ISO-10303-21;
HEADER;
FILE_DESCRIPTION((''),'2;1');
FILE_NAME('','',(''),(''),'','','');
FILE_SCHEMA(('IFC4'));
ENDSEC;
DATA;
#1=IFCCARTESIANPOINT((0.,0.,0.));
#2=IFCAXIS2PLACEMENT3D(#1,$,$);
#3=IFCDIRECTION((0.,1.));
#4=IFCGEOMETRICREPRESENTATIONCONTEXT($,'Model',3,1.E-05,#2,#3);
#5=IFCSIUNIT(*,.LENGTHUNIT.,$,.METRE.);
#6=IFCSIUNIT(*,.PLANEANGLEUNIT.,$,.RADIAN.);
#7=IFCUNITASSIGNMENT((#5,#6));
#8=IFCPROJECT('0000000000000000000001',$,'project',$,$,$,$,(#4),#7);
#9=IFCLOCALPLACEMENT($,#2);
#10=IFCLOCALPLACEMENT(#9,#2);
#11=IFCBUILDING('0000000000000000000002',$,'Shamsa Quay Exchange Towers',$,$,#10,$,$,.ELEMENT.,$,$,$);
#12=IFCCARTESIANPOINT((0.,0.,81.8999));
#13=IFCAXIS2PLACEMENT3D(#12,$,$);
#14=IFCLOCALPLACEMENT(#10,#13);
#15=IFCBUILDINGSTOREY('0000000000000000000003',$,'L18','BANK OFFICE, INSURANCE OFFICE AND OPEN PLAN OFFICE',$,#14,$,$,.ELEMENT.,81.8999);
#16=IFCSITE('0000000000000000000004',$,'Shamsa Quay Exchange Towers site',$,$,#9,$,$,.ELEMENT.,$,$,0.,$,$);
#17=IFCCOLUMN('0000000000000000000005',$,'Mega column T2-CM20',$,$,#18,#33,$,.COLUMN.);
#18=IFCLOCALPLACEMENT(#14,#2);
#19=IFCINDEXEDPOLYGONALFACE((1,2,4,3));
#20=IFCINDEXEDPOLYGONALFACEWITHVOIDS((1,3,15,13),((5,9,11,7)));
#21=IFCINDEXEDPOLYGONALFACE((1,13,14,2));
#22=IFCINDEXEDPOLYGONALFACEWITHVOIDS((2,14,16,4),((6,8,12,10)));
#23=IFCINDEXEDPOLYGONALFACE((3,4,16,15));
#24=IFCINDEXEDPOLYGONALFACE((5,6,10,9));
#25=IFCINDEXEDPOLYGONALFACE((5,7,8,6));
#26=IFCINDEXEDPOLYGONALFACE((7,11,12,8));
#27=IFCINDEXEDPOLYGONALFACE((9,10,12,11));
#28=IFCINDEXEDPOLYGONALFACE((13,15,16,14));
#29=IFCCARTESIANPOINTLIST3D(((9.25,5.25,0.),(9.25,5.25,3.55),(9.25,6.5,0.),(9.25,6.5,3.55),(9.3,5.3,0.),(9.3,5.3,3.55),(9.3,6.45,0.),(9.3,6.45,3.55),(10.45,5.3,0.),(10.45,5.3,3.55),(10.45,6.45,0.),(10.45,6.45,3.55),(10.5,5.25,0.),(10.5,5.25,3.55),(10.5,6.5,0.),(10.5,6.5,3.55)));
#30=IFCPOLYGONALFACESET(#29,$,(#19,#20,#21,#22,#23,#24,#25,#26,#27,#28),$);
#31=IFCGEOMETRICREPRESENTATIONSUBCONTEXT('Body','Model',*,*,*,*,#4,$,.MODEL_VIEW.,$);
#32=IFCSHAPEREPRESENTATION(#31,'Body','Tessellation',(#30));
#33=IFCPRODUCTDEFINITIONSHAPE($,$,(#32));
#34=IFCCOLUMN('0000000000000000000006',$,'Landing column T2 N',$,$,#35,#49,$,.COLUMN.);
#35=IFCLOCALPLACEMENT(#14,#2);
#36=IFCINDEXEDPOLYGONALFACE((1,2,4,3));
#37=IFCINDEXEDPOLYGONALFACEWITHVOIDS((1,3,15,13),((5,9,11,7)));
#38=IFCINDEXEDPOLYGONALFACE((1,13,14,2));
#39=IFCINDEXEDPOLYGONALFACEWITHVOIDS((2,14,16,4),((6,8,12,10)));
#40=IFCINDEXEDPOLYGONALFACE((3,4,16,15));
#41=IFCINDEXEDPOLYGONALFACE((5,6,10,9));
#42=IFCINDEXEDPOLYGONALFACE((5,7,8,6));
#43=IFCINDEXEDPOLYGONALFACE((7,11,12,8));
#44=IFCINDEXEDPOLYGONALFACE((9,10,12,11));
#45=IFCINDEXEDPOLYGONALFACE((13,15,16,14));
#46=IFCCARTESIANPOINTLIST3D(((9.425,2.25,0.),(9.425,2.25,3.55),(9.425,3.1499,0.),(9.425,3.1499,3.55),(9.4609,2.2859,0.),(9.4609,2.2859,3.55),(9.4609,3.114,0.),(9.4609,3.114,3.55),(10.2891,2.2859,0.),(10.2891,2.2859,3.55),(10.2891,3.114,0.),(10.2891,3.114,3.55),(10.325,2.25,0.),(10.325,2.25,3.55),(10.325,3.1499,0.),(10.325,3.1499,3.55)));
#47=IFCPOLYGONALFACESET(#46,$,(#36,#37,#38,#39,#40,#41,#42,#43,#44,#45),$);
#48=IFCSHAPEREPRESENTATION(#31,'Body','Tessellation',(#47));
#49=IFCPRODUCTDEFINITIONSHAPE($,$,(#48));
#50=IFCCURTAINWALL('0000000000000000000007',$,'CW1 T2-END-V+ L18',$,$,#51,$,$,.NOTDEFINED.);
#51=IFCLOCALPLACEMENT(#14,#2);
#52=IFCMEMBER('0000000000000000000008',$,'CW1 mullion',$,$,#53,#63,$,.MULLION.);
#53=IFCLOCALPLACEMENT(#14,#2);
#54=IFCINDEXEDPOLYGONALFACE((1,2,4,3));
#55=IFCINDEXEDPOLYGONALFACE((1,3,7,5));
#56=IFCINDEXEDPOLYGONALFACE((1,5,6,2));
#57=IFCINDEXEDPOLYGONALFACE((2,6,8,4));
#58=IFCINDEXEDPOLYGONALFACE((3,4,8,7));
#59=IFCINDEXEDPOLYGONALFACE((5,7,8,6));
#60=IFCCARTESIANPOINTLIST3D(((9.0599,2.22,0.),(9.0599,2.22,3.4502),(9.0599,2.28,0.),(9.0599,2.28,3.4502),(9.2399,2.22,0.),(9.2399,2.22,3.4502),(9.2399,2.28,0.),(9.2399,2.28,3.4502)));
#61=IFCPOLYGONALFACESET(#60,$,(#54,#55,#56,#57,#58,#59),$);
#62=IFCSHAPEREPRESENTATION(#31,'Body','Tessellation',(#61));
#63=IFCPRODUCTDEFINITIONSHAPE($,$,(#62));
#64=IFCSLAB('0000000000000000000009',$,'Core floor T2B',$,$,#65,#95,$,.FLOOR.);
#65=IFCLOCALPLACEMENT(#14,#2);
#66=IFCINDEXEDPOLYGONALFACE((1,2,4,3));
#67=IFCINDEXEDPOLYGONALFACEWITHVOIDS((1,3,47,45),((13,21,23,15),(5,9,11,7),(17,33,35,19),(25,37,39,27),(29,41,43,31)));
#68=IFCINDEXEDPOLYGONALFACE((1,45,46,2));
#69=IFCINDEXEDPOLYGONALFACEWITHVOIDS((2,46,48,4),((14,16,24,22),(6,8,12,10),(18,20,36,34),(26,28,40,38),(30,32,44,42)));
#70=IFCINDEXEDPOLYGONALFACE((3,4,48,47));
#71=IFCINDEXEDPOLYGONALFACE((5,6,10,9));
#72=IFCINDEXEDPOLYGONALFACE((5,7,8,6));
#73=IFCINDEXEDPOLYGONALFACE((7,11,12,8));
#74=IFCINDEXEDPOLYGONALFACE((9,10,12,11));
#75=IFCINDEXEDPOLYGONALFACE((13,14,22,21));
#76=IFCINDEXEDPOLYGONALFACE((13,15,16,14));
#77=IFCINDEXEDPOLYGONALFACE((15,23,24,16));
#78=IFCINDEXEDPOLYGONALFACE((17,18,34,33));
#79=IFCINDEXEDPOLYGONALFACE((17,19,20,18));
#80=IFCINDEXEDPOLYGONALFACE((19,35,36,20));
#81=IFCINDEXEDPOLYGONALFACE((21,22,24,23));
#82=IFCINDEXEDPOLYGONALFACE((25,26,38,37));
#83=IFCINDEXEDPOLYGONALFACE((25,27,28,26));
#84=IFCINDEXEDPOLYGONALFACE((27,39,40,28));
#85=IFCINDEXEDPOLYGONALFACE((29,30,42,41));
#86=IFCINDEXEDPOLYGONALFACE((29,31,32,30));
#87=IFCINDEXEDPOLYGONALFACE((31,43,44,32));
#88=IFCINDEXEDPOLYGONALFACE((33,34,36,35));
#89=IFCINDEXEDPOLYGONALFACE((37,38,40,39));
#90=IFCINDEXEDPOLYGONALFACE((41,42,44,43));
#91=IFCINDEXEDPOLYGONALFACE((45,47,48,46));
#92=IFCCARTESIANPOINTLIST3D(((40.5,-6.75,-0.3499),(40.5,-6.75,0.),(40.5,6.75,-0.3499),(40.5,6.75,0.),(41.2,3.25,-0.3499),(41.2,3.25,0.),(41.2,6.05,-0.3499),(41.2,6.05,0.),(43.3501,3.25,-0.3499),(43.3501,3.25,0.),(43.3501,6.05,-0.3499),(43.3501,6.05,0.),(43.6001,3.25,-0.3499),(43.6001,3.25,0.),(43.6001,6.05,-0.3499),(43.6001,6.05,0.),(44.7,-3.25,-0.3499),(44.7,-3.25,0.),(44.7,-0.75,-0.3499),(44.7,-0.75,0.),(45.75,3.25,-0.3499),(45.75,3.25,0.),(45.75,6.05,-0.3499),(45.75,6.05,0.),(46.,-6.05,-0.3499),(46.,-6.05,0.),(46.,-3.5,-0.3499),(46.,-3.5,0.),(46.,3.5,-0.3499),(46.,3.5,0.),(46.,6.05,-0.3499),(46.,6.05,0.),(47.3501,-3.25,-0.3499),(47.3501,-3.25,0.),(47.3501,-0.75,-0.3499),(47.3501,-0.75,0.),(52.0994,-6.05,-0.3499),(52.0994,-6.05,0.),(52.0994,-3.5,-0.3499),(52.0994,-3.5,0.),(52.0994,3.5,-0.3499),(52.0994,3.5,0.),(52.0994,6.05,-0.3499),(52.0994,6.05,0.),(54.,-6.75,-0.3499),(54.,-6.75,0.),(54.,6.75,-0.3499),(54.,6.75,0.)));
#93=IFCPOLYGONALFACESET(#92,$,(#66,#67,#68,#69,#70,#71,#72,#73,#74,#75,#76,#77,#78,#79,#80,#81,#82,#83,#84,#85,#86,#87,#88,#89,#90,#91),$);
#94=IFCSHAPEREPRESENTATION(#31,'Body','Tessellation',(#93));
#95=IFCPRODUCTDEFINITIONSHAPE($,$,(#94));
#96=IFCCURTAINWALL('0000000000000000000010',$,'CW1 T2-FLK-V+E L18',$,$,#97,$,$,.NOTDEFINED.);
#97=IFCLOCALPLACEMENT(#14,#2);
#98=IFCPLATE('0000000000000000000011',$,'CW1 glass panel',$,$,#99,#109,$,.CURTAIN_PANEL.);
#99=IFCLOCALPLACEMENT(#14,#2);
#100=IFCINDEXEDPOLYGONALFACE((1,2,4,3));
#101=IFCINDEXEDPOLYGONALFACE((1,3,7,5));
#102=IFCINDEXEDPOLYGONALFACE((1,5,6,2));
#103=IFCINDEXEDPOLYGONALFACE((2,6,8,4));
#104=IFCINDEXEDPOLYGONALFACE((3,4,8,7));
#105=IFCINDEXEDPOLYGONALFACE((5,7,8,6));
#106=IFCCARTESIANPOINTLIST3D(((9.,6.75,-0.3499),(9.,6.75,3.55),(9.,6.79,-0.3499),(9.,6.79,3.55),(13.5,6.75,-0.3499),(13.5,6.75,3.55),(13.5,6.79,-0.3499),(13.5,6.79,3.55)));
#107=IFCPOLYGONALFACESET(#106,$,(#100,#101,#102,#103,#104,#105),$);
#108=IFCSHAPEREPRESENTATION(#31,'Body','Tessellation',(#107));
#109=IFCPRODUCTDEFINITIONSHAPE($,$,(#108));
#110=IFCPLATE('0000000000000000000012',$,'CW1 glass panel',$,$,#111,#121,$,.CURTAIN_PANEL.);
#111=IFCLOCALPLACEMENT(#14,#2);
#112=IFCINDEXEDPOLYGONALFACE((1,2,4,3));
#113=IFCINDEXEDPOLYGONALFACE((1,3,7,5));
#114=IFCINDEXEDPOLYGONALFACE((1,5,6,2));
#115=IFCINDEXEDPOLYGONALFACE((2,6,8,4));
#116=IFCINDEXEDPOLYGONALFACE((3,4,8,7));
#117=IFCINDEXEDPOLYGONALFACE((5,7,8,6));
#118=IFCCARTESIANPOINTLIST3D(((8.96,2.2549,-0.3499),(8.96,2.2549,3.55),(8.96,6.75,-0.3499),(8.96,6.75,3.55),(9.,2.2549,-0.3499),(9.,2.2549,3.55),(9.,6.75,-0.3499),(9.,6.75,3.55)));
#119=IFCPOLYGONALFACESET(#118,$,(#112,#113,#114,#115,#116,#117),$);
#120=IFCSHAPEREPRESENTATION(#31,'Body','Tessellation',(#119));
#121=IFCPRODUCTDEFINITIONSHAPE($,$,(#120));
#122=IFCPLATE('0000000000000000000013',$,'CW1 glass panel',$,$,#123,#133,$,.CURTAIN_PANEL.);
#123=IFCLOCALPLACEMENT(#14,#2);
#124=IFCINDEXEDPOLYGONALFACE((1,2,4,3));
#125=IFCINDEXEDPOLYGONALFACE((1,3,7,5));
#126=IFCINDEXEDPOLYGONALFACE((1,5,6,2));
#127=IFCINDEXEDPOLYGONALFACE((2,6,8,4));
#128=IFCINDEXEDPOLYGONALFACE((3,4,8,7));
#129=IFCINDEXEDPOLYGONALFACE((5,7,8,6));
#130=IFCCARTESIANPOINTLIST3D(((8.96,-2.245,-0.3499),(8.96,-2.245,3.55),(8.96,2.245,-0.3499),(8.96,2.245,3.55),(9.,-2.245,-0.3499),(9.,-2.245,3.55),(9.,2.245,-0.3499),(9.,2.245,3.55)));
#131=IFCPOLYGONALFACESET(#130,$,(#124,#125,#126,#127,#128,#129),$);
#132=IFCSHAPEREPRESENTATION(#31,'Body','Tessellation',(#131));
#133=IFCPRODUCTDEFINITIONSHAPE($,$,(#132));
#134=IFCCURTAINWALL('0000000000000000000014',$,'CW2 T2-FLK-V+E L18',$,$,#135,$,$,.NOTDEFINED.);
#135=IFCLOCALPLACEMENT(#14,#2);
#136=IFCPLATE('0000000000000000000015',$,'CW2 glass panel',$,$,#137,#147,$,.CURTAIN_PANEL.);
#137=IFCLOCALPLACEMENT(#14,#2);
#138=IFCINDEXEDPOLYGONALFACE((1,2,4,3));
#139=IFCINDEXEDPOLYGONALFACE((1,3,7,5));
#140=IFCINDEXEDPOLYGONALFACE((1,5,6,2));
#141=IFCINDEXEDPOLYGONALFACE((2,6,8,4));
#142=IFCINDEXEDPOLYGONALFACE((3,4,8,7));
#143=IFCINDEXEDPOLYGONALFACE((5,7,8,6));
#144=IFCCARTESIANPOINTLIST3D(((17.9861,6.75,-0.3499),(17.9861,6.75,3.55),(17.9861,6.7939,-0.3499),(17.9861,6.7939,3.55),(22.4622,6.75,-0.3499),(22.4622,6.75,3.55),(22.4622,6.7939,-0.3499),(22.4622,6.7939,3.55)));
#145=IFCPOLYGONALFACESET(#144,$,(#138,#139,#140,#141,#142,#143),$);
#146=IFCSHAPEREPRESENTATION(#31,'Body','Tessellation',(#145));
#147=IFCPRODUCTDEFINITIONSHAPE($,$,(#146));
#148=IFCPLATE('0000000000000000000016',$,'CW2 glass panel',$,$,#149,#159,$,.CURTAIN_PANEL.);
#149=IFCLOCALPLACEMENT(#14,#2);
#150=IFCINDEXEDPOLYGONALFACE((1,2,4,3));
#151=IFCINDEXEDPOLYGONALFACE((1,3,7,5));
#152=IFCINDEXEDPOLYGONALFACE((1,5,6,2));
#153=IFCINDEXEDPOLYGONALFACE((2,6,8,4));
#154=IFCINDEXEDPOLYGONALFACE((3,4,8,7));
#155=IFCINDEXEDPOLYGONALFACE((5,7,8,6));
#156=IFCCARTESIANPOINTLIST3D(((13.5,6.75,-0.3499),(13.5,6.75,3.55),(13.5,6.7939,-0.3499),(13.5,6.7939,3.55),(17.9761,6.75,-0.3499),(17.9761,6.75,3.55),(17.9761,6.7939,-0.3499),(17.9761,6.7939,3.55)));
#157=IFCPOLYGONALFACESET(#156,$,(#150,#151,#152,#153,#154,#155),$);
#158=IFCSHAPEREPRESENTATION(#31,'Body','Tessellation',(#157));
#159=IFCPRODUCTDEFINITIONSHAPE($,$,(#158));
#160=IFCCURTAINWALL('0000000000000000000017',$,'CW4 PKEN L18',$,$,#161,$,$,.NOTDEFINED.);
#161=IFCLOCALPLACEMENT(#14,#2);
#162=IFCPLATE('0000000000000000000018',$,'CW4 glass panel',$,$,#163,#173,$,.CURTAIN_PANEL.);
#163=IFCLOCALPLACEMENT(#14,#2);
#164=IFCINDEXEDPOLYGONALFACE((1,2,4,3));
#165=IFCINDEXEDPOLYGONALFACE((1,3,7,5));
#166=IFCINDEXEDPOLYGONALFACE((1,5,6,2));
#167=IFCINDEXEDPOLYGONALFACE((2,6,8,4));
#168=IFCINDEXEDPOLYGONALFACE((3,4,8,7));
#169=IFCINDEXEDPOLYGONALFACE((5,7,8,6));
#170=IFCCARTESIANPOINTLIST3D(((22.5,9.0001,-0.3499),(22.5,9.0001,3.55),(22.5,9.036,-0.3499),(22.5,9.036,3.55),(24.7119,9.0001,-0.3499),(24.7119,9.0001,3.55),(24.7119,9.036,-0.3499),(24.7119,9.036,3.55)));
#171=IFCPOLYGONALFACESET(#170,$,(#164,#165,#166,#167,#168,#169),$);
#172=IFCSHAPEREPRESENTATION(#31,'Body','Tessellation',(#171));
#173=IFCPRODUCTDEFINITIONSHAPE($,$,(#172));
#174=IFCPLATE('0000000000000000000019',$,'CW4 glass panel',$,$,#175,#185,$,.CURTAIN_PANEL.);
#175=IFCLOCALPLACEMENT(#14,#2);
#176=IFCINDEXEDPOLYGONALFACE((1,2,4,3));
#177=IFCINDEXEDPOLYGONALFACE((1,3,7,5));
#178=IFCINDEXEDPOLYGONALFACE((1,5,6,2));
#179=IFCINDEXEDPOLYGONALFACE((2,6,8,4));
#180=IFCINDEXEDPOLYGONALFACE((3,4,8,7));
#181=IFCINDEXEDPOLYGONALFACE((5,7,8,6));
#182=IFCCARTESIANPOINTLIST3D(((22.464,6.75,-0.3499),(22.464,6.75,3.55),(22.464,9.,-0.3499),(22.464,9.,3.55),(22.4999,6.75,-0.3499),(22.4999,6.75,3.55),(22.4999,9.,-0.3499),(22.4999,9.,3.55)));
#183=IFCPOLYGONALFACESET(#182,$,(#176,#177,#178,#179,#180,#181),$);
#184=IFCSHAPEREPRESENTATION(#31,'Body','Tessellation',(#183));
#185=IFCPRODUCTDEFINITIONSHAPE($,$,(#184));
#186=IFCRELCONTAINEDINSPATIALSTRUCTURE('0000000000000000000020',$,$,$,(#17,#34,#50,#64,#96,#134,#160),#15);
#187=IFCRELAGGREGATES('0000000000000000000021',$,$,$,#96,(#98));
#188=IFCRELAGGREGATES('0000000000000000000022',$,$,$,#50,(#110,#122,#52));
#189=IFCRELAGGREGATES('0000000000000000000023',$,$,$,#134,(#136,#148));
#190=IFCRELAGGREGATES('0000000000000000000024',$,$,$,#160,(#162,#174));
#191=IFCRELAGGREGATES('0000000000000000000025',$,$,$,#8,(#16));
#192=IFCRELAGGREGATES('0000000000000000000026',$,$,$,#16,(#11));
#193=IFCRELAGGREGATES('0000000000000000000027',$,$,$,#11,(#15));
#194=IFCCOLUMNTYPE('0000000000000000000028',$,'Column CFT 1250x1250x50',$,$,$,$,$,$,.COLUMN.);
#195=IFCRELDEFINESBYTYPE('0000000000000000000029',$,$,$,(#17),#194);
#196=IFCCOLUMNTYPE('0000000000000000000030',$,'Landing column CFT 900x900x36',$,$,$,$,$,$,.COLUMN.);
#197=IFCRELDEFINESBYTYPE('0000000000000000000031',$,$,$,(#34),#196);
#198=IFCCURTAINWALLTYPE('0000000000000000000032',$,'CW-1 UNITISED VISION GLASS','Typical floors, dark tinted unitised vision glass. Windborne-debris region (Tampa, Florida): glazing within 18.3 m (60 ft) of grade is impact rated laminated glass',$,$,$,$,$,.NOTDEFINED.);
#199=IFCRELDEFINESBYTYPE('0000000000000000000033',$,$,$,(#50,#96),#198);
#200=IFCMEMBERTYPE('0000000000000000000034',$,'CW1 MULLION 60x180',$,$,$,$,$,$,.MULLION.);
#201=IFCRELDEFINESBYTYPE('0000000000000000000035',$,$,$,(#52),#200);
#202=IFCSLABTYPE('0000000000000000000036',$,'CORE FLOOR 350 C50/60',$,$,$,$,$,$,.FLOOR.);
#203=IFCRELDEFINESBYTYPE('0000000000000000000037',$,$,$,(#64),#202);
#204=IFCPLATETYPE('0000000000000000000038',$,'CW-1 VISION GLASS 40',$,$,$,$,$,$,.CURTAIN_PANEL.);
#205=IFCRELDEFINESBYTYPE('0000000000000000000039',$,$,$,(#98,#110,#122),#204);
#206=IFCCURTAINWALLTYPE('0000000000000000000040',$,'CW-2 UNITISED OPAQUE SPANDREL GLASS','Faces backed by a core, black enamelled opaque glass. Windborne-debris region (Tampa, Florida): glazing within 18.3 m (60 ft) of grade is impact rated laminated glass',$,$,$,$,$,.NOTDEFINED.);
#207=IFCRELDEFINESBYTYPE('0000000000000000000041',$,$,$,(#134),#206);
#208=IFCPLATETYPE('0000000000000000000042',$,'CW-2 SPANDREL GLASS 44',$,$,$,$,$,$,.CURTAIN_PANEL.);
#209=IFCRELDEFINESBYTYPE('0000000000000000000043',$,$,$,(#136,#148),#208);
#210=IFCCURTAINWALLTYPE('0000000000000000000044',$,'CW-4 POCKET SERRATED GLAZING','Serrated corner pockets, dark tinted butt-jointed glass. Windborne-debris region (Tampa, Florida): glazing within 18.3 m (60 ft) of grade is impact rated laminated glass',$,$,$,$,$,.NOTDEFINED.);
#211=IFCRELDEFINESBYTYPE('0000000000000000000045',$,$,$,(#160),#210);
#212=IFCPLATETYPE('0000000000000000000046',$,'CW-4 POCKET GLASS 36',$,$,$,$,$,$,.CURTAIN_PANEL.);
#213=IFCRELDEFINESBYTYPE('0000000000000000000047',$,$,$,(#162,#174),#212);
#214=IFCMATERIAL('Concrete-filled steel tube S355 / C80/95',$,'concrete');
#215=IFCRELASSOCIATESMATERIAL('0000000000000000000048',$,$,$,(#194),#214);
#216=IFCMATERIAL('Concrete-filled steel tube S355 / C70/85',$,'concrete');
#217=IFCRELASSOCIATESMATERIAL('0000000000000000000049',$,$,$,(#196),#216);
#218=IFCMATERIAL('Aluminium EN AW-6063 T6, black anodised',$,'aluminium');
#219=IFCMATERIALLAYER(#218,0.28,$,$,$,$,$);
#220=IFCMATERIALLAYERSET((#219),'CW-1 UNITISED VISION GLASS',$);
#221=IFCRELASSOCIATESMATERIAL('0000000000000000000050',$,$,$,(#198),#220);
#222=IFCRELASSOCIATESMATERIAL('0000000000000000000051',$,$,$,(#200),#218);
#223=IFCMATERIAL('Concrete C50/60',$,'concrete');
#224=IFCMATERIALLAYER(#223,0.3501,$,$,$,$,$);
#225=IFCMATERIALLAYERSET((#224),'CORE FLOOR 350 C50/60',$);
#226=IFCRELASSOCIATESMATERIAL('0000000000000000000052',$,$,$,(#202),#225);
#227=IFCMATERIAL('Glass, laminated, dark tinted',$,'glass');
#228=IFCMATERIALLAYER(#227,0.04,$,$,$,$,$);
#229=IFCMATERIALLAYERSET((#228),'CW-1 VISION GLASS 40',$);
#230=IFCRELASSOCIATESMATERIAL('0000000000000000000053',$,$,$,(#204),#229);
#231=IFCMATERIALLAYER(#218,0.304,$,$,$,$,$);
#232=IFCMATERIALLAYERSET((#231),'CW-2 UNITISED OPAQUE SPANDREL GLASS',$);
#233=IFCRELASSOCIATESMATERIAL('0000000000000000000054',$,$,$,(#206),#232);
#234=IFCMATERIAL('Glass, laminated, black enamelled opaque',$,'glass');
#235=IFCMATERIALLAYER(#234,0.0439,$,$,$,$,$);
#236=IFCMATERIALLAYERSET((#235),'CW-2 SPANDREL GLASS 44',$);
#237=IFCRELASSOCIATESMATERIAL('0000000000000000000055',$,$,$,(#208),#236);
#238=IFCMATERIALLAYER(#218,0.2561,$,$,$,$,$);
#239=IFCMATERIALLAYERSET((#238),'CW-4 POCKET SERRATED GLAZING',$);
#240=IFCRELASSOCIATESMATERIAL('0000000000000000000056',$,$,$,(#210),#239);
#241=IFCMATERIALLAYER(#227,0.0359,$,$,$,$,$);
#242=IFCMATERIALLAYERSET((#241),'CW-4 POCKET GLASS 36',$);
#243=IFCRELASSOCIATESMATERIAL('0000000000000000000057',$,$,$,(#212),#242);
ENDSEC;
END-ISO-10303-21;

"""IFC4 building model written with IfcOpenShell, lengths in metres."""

from ifc_helpers import new_model, si_unit, direction, frame, origin, origin_2d, place, context, subcontext, project, spatial, polyline, rectangle, hollow_rectangle, outline, extrude, material, layer, layer_set, material_profile, profile_set, type_object, element, aggregate, save


model = new_model("IFC4")

# Units and contexts
model_context = context("Model", 3, precision=1e-05, world=origin(), true_north=direction((0.0, 1.0)))
body_context = subcontext(model_context, "Body", "Model", "MODEL_VIEW")
ifc_project = project(units=[si_unit("LENGTHUNIT", "METRE"), si_unit("PLANEANGLEUNIT", "RADIAN")], contexts=[model_context])

# Site, building, storey
site_placement = place(None, origin())
site = spatial("IfcSite", under=ifc_project, at=site_placement, Name="Shamsa Quay Exchange Towers site", CompositionType="ELEMENT", RefElevation=0.0)
building_placement = place(site_placement, origin())
building = spatial("IfcBuilding", under=site, at=building_placement, Name="Shamsa Quay Exchange Towers", CompositionType="ELEMENT")
storey_placement = place(building_placement, frame((0.0, 0.0, 81.8999)))
storey = spatial("IfcBuildingStorey", under=building, at=storey_placement, Name="L18", Description="BANK OFFICE, INSURANCE OFFICE AND OPEN PLAN OFFICE", CompositionType="ELEMENT", Elevation=81.8999)

# Columns
ifc_material_1 = material(Name="Concrete-filled steel tube S355 / C80/95", Category="concrete")
ifc_material_profile_1 = material_profile(ifc_material_1, hollow_rectangle(XDim=1.25, YDim=1.25, WallThickness=0.05, at=origin_2d()), Name="CFT 1250x1250x50")
ifc_profile_set_1 = profile_set([ifc_material_profile_1], Name="Concrete-filled steel tube S355 / C80/95")
column_type_1 = type_object("IfcColumnType", Name="Column CFT 1250x1250x50", PredefinedType="COLUMN", material=ifc_profile_set_1)
column_1_placement = place(storey_placement, frame((9.875, 5.875, 0.0)))
element("IfcColumn", 1, at=column_1_placement, inside=storey, type_object=column_type_1, Name="Mega column T2-CM20", PredefinedType="COLUMN", context=body_context, shape_type="SweptSolid", body=[
    extrude(hollow_rectangle(XDim=1.25, YDim=1.25, WallThickness=0.05, at=origin_2d()), origin(), (0.0, 0.0, 1.0), 3.55),
])
ifc_material_2 = material(Name="Concrete-filled steel tube S355 / C70/85", Category="concrete")
ifc_material_profile_2 = material_profile(ifc_material_2, hollow_rectangle(XDim=0.8999, YDim=0.8999, WallThickness=0.0359, at=origin_2d()), Name="CFT 900x900x36")
ifc_profile_set_2 = profile_set([ifc_material_profile_2], Name="Concrete-filled steel tube S355 / C70/85")
column_type_2 = type_object("IfcColumnType", Name="Landing column CFT 900x900x36", PredefinedType="COLUMN", material=ifc_profile_set_2)
column_2_placement = place(storey_placement, frame((9.875, 2.7, 0.0)))
element("IfcColumn", 2, at=column_2_placement, inside=storey, type_object=column_type_2, Name="Landing column T2 N", PredefinedType="COLUMN", context=body_context, shape_type="SweptSolid", body=[
    extrude(hollow_rectangle(XDim=0.8999, YDim=0.8999, WallThickness=0.0359, at=origin_2d()), origin(), (0.0, 0.0, 1.0), 3.55),
])

# Curtain wall, member
ifc_material_3 = material(Name="Aluminium EN AW-6063 T6, black anodised", Category="aluminium")
ifc_layer_1 = layer(ifc_material_3, 0.28)
ifc_layer_set_1 = layer_set([ifc_layer_1], Name="CW-1 UNITISED VISION GLASS")
curtain_wall_type_1 = type_object("IfcCurtainWallType", Name="CW-1 UNITISED VISION GLASS", Description="Typical floors, dark tinted unitised vision glass. Windborne-debris region (Tampa, Florida): glazing within 18.3 m (60 ft) of grade is impact rated laminated glass", PredefinedType="NOTDEFINED", material=ifc_layer_set_1)
curtain_wall_1_placement = place(storey_placement, origin())
curtain_wall_1 = element("IfcCurtainWall", 3, at=curtain_wall_1_placement, inside=storey, type_object=curtain_wall_type_1, Name="CW1 T2-END-V+ L18", PredefinedType="NOTDEFINED")
ifc_material_profile_3 = material_profile(ifc_material_3, rectangle(XDim=0.1799, YDim=0.0601, at=origin_2d()), Name="MU60x180")
ifc_profile_set_3 = profile_set([ifc_material_profile_3], Name="Aluminium EN AW-6063 T6, black anodised")
member_type = type_object("IfcMemberType", Name="CW1 MULLION 60x180", PredefinedType="MULLION", material=ifc_profile_set_3)
member_placement = place(storey_placement, frame((9.1499, 2.25, 0.0)))
member = element("IfcMember", 4, at=member_placement, type_object=member_type, Name="CW1 mullion", PredefinedType="MULLION", context=body_context, shape_type="SweptSolid", body=[
    extrude(rectangle(XDim=0.1799, YDim=0.0601, at=origin_2d()), origin(), (0.0, 0.0, 1.0), 3.4502),
])

# Slab
ifc_material_4 = material(Name="Concrete C50/60", Category="concrete")
ifc_layer_2 = layer(ifc_material_4, 0.3501)
ifc_layer_set_2 = layer_set([ifc_layer_2], Name="CORE FLOOR 350 C50/60")
slab_type = type_object("IfcSlabType", Name="CORE FLOOR 350 C50/60", PredefinedType="FLOOR", material=ifc_layer_set_2)
slab_placement = place(storey_placement, frame((0.0, 0.0, -0.3499)))
element("IfcSlab", 5, at=slab_placement, inside=storey, type_object=slab_type, Name="Core floor T2B", PredefinedType="FLOOR", context=body_context, shape_type="SweptSolid", body=[
    extrude(outline(polyline([(54.0, -6.75), (54.0, 6.75), (40.5, 6.75), (40.5, -6.75), (54.0, -6.75)]), holes=[polyline([(52.0994, -3.5), (52.0994, -6.05), (46.0, -6.05), (46.0, -3.5), (52.0994, -3.5)]), polyline([(52.0994, 6.05), (52.0994, 3.5), (46.0, 3.5), (46.0, 6.05), (52.0994, 6.05)]), polyline([(45.75, 3.25), (43.6001, 3.25), (43.6001, 6.05), (45.75, 6.05), (45.75, 3.25)]), polyline([(43.3501, 3.25), (41.2, 3.25), (41.2, 6.05), (43.3501, 6.05), (43.3501, 3.25)]), polyline([(47.3501, -3.25), (44.7, -3.25), (44.7, -0.75), (47.3501, -0.75), (47.3501, -3.25)])]), origin(), (0.0, 0.0, 1.0), 0.3499),
])

# Curtain wall, plate
curtain_wall_2_placement = place(storey_placement, origin())
curtain_wall_2 = element("IfcCurtainWall", 6, at=curtain_wall_2_placement, inside=storey, type_object=curtain_wall_type_1, Name="CW1 T2-FLK-V+E L18", PredefinedType="NOTDEFINED")
ifc_material_5 = material(Name="Glass, laminated, dark tinted", Category="glass")
ifc_layer_3 = layer(ifc_material_5, 0.04)
ifc_layer_set_3 = layer_set([ifc_layer_3], Name="CW-1 VISION GLASS 40")
plate_type_1 = type_object("IfcPlateType", Name="CW-1 VISION GLASS 40", PredefinedType="CURTAIN_PANEL", material=ifc_layer_set_3)
plate_1_placement = place(storey_placement, frame((11.25, 6.77, -0.3499), z_axis=(0.0, 0.0, 1.0), x_axis=(-1.0, 0.0, 0.0)))
plate_1 = element("IfcPlate", 7, at=plate_1_placement, type_object=plate_type_1, Name="CW1 glass panel", PredefinedType="CURTAIN_PANEL", context=body_context, shape_type="SweptSolid", body=[
    extrude(rectangle(XDim=4.5, YDim=0.04, at=origin_2d()), origin(), (0.0, 0.0, 1.0), 3.8999),
])
aggregate(curtain_wall_2, [plate_1])

# Plates
plate_2_placement = place(storey_placement, frame((8.98, 4.5024, -0.3499), z_axis=(0.0, 0.0, 1.0), x_axis=(0.0, -1.0, 0.0)))
plate_2 = element("IfcPlate", 8, at=plate_2_placement, type_object=plate_type_1, Name="CW1 glass panel", PredefinedType="CURTAIN_PANEL", context=body_context, shape_type="SweptSolid", body=[
    extrude(rectangle(XDim=4.4951, YDim=0.04, at=origin_2d()), origin(), (0.0, 0.0, 1.0), 3.8999),
])
plate_3_placement = place(storey_placement, frame((8.98, 0.0, -0.3499), z_axis=(0.0, 0.0, 1.0), x_axis=(0.0, -1.0, 0.0)))
plate_3 = element("IfcPlate", 9, at=plate_3_placement, type_object=plate_type_1, Name="CW1 glass panel", PredefinedType="CURTAIN_PANEL", context=body_context, shape_type="SweptSolid", body=[
    extrude(rectangle(XDim=4.49, YDim=0.04, at=origin_2d()), origin(), (0.0, 0.0, 1.0), 3.8999),
])
aggregate(curtain_wall_1, [plate_2, plate_3, member])

# Curtain walls, plates
ifc_layer_4 = layer(ifc_material_3, 0.304)
ifc_layer_set_4 = layer_set([ifc_layer_4], Name="CW-2 UNITISED OPAQUE SPANDREL GLASS")
curtain_wall_type_2 = type_object("IfcCurtainWallType", Name="CW-2 UNITISED OPAQUE SPANDREL GLASS", Description="Faces backed by a core, black enamelled opaque glass. Windborne-debris region (Tampa, Florida): glazing within 18.3 m (60 ft) of grade is impact rated laminated glass", PredefinedType="NOTDEFINED", material=ifc_layer_set_4)
curtain_wall_3_placement = place(storey_placement, origin())
curtain_wall_3 = element("IfcCurtainWall", 10, at=curtain_wall_3_placement, inside=storey, type_object=curtain_wall_type_2, Name="CW2 T2-FLK-V+E L18", PredefinedType="NOTDEFINED")
ifc_material_6 = material(Name="Glass, laminated, black enamelled opaque", Category="glass")
ifc_layer_5 = layer(ifc_material_6, 0.0439)
ifc_layer_set_5 = layer_set([ifc_layer_5], Name="CW-2 SPANDREL GLASS 44")
plate_type_2 = type_object("IfcPlateType", Name="CW-2 SPANDREL GLASS 44", PredefinedType="CURTAIN_PANEL", material=ifc_layer_set_5)
plate_4_placement = place(storey_placement, frame((20.2241, 6.772, -0.3499), z_axis=(0.0, 0.0, 1.0), x_axis=(-1.0, 0.0, 0.0)))
plate_4 = element("IfcPlate", 11, at=plate_4_placement, type_object=plate_type_2, Name="CW2 glass panel", PredefinedType="CURTAIN_PANEL", context=body_context, shape_type="SweptSolid", body=[
    extrude(rectangle(XDim=4.4761, YDim=0.0439, at=origin_2d()), origin(), (0.0, 0.0, 1.0), 3.8999),
])
plate_5_placement = place(storey_placement, frame((15.738, 6.772, -0.3499), z_axis=(0.0, 0.0, 1.0), x_axis=(-1.0, 0.0, 0.0)))
plate_5 = element("IfcPlate", 12, at=plate_5_placement, type_object=plate_type_2, Name="CW2 glass panel", PredefinedType="CURTAIN_PANEL", context=body_context, shape_type="SweptSolid", body=[
    extrude(rectangle(XDim=4.4761, YDim=0.0439, at=origin_2d()), origin(), (0.0, 0.0, 1.0), 3.8999),
])
aggregate(curtain_wall_3, [plate_4, plate_5])
ifc_layer_6 = layer(ifc_material_3, 0.2561)
ifc_layer_set_6 = layer_set([ifc_layer_6], Name="CW-4 POCKET SERRATED GLAZING")
curtain_wall_type_3 = type_object("IfcCurtainWallType", Name="CW-4 POCKET SERRATED GLAZING", Description="Serrated corner pockets, dark tinted butt-jointed glass. Windborne-debris region (Tampa, Florida): glazing within 18.3 m (60 ft) of grade is impact rated laminated glass", PredefinedType="NOTDEFINED", material=ifc_layer_set_6)
curtain_wall_4_placement = place(storey_placement, origin())
curtain_wall_4 = element("IfcCurtainWall", 13, at=curtain_wall_4_placement, inside=storey, type_object=curtain_wall_type_3, Name="CW4 PKEN L18", PredefinedType="NOTDEFINED")
ifc_layer_7 = layer(ifc_material_5, 0.0359)
ifc_layer_set_7 = layer_set([ifc_layer_7], Name="CW-4 POCKET GLASS 36")
plate_type_3 = type_object("IfcPlateType", Name="CW-4 POCKET GLASS 36", PredefinedType="CURTAIN_PANEL", material=ifc_layer_set_7)
plate_6_placement = place(storey_placement, frame((23.606, 9.0181, -0.3499), z_axis=(0.0, 0.0, 1.0), x_axis=(-1.0, 0.0, 0.0)))
plate_6 = element("IfcPlate", 14, at=plate_6_placement, type_object=plate_type_3, Name="CW4 glass panel", PredefinedType="CURTAIN_PANEL", context=body_context, shape_type="SweptSolid", body=[
    extrude(rectangle(XDim=2.2119, YDim=0.0359, at=origin_2d()), origin(), (0.0, 0.0, 1.0), 3.8999),
])
plate_7_placement = place(storey_placement, frame((22.4819, 7.875, -0.3499), z_axis=(0.0, 0.0, 1.0), x_axis=(0.0, -1.0, 0.0)))
plate_7 = element("IfcPlate", 15, at=plate_7_placement, type_object=plate_type_3, Name="CW4 glass panel", PredefinedType="CURTAIN_PANEL", context=body_context, shape_type="SweptSolid", body=[
    extrude(rectangle(XDim=2.25, YDim=0.0359, at=origin_2d()), origin(), (0.0, 0.0, 1.0), 3.8999),
])
aggregate(curtain_wall_4, [plate_6, plate_7])

save(model, "model.ifc")
